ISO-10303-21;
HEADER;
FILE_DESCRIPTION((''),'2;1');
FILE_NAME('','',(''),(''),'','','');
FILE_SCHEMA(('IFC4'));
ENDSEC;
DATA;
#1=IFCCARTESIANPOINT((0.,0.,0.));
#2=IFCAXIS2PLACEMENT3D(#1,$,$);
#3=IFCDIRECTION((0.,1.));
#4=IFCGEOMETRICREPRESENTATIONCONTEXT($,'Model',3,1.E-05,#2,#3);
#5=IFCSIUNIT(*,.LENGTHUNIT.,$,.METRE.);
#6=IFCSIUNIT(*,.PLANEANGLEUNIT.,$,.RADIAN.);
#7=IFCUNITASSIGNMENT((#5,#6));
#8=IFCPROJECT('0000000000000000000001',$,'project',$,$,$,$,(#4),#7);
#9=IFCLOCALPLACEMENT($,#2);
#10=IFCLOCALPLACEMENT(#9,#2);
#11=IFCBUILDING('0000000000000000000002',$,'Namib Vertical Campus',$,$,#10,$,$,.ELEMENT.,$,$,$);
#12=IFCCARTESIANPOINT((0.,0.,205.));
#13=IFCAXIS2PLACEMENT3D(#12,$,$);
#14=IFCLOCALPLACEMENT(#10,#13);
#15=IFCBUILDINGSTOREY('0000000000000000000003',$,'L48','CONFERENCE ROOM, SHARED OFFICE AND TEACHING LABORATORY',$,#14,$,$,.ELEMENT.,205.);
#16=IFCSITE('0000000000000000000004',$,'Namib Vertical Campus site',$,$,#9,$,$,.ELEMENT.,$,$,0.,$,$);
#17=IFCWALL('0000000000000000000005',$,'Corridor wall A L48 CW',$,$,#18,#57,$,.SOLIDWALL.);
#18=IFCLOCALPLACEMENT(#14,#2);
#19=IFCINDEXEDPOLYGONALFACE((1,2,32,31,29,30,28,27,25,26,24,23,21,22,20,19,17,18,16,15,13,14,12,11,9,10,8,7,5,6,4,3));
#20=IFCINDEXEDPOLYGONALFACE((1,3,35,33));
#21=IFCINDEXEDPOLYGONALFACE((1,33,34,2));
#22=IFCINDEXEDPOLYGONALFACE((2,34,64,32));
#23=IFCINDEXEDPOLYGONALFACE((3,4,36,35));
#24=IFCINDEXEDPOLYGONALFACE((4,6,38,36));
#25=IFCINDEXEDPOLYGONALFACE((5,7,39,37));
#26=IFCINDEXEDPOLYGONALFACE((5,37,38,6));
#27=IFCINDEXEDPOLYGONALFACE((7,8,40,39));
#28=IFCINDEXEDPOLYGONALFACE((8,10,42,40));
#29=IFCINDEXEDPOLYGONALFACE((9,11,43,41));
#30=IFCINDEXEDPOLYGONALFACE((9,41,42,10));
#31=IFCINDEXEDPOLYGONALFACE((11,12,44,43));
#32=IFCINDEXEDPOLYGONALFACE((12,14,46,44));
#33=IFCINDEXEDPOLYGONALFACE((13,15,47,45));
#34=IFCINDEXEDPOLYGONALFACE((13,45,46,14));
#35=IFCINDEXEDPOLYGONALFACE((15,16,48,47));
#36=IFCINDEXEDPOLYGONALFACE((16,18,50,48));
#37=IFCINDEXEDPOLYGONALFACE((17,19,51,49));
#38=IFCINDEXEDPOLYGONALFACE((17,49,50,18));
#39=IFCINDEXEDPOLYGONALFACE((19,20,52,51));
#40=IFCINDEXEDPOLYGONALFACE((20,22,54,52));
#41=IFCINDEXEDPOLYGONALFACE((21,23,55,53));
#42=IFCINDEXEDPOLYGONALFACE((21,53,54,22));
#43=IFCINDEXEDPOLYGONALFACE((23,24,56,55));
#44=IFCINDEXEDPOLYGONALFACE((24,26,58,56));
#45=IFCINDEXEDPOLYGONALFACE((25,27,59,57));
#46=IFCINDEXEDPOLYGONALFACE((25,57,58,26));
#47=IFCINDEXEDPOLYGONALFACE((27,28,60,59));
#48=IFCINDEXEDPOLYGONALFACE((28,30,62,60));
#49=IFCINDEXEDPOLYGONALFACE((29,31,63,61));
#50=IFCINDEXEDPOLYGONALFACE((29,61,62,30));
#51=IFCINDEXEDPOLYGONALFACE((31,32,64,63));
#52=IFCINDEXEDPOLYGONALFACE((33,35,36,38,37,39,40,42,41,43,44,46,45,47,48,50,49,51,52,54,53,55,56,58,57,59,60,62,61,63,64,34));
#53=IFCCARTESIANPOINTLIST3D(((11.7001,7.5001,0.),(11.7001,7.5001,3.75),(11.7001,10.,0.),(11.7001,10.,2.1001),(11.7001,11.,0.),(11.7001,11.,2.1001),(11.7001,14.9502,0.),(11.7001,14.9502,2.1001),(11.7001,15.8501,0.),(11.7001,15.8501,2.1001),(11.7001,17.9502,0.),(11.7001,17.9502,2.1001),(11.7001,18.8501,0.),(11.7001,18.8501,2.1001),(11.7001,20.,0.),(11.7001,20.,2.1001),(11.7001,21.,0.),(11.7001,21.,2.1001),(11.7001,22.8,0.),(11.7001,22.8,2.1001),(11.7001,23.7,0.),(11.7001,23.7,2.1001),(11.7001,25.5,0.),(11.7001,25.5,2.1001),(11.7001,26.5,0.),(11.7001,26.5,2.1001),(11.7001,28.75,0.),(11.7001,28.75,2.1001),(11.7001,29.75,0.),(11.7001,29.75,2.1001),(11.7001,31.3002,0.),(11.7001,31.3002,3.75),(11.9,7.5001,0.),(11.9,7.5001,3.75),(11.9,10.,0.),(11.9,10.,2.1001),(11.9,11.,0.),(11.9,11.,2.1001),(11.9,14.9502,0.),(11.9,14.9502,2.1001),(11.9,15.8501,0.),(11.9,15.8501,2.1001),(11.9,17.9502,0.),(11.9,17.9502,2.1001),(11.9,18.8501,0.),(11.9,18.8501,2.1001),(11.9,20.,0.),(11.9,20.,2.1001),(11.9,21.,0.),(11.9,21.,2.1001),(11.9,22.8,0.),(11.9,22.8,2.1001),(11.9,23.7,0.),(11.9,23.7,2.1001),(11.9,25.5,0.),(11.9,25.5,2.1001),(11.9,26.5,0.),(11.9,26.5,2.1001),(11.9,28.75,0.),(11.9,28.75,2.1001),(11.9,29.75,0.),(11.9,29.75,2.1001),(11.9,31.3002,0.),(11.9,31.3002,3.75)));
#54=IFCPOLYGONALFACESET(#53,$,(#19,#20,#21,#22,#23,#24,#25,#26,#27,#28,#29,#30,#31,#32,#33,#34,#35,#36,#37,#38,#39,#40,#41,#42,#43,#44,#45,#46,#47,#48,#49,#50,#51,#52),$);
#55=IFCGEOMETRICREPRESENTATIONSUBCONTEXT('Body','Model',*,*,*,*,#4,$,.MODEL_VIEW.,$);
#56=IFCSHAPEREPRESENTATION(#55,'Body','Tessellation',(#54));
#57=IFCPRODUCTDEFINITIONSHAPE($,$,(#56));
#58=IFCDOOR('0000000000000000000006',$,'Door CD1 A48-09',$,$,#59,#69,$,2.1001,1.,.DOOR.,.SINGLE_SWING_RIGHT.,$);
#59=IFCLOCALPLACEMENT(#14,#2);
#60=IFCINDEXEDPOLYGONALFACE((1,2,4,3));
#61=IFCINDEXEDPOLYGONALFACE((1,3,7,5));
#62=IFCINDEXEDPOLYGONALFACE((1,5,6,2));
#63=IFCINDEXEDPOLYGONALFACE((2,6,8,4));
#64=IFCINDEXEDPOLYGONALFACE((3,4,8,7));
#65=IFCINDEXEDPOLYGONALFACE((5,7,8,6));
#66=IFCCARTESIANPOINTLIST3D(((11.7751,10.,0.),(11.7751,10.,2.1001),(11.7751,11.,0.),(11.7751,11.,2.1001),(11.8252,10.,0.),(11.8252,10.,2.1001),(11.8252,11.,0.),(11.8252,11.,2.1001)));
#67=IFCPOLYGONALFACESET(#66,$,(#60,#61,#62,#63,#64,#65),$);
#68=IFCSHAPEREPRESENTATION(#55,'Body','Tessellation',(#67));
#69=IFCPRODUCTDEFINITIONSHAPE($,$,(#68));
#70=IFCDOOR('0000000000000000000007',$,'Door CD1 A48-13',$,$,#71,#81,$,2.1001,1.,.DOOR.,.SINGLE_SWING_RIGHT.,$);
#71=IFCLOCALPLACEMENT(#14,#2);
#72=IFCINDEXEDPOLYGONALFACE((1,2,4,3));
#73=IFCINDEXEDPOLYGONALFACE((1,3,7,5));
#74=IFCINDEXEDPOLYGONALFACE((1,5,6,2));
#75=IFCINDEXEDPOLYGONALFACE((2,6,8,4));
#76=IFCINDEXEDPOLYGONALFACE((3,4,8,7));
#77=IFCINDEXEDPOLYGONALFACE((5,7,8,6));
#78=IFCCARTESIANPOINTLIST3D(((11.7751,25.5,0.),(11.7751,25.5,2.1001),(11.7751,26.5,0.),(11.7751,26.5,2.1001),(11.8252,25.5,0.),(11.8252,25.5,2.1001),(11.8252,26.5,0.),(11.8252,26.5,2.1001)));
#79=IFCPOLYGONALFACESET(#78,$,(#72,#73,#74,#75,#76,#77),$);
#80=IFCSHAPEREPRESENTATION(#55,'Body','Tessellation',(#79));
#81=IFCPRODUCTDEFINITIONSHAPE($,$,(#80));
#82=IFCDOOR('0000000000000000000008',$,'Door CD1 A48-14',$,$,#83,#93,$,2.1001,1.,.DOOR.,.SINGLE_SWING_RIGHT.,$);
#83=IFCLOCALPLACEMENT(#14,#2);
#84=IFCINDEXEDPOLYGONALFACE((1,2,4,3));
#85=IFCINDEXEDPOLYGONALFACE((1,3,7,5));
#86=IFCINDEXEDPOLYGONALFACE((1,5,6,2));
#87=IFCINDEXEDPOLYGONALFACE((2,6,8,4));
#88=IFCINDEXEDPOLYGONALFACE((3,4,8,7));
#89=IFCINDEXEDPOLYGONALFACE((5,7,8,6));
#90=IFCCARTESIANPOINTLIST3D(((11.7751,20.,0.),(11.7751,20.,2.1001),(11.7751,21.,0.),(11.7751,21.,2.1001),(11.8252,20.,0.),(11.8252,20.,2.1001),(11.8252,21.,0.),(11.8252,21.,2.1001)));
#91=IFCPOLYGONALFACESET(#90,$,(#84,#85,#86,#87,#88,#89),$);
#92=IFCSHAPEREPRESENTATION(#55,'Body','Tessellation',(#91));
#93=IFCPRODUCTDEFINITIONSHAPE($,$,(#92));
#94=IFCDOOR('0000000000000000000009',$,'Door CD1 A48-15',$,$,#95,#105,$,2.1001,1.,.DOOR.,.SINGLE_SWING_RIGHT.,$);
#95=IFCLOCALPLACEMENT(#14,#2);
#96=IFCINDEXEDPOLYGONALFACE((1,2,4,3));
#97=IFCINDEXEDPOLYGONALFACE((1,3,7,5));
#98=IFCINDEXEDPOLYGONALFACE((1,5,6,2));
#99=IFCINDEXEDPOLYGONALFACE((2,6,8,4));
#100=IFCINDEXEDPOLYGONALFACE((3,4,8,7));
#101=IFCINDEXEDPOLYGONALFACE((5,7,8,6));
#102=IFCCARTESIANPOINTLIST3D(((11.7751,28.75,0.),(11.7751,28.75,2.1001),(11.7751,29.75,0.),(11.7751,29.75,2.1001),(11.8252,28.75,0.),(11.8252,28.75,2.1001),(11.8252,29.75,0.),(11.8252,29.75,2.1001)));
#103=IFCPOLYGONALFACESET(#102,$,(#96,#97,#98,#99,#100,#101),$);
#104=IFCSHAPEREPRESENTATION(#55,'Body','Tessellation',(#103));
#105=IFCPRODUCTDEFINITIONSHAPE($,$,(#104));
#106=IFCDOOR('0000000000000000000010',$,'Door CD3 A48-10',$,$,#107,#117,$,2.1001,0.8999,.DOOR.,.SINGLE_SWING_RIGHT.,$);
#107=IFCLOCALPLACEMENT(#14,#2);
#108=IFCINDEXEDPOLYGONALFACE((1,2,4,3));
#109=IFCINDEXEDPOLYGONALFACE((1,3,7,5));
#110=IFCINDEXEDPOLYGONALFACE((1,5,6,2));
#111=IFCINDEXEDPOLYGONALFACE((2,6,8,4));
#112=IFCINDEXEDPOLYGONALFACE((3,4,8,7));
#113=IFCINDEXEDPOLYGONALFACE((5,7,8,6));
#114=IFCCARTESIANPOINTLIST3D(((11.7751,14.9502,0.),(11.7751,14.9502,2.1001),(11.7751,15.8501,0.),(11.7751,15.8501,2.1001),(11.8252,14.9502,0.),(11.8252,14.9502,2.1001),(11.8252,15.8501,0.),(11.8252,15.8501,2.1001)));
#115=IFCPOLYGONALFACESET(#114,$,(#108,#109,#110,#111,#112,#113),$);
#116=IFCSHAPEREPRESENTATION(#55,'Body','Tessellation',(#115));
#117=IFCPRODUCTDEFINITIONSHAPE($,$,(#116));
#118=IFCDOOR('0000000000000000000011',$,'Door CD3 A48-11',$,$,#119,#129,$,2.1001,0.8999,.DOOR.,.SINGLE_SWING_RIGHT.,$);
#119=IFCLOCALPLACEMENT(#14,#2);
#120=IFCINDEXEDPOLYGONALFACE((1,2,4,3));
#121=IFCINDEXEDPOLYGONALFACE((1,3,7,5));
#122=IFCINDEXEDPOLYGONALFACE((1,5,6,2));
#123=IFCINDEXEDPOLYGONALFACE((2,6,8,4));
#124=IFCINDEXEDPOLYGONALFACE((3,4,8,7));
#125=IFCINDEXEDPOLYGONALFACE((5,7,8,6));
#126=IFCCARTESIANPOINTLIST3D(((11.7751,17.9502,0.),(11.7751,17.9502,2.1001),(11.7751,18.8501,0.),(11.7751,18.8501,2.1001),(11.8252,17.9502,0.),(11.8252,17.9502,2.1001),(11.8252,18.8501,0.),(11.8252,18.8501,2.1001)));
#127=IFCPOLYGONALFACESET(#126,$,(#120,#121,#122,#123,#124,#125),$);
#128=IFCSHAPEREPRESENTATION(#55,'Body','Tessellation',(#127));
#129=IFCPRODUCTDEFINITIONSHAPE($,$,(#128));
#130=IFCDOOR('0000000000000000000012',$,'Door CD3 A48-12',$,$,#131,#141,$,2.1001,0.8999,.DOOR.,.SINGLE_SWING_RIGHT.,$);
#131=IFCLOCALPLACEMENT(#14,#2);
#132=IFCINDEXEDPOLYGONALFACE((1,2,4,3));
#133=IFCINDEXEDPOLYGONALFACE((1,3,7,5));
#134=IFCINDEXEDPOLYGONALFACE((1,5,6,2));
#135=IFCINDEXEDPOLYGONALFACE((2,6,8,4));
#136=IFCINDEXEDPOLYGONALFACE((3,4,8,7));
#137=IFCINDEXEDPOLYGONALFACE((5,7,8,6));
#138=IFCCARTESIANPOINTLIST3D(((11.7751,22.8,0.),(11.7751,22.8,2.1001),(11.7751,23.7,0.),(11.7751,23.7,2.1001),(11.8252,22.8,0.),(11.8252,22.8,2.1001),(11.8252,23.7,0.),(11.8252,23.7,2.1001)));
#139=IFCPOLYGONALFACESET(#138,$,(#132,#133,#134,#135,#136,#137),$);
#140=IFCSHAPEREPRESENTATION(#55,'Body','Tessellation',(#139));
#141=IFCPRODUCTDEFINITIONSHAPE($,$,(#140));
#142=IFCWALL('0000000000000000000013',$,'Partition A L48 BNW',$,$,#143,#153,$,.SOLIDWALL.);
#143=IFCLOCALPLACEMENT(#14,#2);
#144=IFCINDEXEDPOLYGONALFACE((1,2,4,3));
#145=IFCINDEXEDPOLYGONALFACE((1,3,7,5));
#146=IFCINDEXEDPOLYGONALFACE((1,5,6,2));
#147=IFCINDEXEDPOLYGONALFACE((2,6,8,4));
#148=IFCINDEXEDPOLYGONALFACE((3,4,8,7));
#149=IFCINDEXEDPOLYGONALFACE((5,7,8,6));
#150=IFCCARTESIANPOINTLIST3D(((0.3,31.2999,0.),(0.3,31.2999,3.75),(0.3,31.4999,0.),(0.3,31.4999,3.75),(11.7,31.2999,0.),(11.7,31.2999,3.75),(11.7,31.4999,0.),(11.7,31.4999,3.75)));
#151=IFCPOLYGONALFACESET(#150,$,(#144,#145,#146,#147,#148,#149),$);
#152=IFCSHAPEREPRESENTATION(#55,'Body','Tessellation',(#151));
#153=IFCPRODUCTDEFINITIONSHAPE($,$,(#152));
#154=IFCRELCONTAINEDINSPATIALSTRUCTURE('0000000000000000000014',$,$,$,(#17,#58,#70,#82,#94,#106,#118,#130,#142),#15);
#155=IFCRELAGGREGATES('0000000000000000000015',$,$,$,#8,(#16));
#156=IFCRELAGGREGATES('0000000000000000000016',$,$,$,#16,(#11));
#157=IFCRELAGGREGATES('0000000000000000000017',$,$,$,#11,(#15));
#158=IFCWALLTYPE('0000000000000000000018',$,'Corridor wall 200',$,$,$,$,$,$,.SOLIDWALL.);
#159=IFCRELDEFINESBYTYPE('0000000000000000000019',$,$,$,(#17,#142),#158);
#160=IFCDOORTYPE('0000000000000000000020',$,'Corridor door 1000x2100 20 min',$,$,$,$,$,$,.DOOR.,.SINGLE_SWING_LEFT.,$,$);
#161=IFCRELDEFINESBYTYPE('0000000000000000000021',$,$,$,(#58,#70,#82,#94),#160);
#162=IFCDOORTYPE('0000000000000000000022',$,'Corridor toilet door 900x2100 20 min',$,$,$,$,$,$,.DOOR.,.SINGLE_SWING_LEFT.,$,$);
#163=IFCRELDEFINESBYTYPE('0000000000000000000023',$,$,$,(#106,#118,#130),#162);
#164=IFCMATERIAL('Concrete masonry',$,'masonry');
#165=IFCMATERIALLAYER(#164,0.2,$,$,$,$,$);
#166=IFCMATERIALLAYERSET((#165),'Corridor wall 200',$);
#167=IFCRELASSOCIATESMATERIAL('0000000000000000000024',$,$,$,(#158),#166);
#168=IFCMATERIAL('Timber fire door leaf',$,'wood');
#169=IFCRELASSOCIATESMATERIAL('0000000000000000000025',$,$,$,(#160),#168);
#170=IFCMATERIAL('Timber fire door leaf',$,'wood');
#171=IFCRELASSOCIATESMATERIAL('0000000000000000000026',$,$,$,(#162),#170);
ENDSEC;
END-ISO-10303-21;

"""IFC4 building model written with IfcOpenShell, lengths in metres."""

from ifc_helpers import new_model, si_unit, direction, frame, frame_2d, origin, place, context, subcontext, project, spatial, rectangle, extrude, material, layer, layer_set, type_object, element, fill, save


model = new_model("IFC4")

# Units and contexts
model_context = context("Model", 3, precision=1e-05, world=origin(), true_north=direction((0.0, 1.0)))
body_context = subcontext(model_context, "Body", "Model", "MODEL_VIEW")
ifc_project = project(units=[si_unit("LENGTHUNIT", "METRE"), si_unit("PLANEANGLEUNIT", "RADIAN")], contexts=[model_context])

# Site, building, storey
site_placement = place(None, origin())
site = spatial("IfcSite", under=ifc_project, at=site_placement, Name="Namib Vertical Campus site", CompositionType="ELEMENT", RefElevation=0.0)
building_placement = place(site_placement, origin())
building = spatial("IfcBuilding", under=site, at=building_placement, Name="Namib Vertical Campus", CompositionType="ELEMENT")
storey_placement = place(building_placement, frame((0.0, 0.0, 205.0)))
storey = spatial("IfcBuildingStorey", under=building, at=storey_placement, Name="L48", Description="CONFERENCE ROOM, SHARED OFFICE AND TEACHING LABORATORY", CompositionType="ELEMENT", Elevation=205.0)

# Wall, openings, doors
ifc_material_1 = material(Name="Concrete masonry", Category="masonry")
ifc_layer_1 = layer(ifc_material_1, 0.2)
ifc_layer_set_1 = layer_set([ifc_layer_1], Name="Corridor wall 200")
wall_type_1 = type_object("IfcWallType", Name="Corridor wall 200", PredefinedType="SOLIDWALL", material=ifc_layer_set_1)
wall_1_placement = place(storey_placement, frame((11.8, 31.3, 0.0), z_axis=(0.0, 0.0, 1.0), x_axis=(0.0, -1.0, 0.0)))
wall_1 = element("IfcWall", 1, at=wall_1_placement, inside=storey, type_object=wall_type_1, Name="Corridor wall A L48 CW", PredefinedType="SOLIDWALL", context=body_context, shape_type="SweptSolid", body=[
    extrude(rectangle(XDim=23.8, YDim=0.2, at=frame_2d((11.8999, 0.0))), origin(), (0.0, 0.0, 1.0), 3.75),
])
opening_1_placement = place(wall_1_placement, frame((20.3, 0.0, 0.0)))
opening_1 = element("IfcOpeningElement", 2, at=opening_1_placement, cuts=wall_1, PredefinedType="OPENING", context=body_context, shape_type="SweptSolid", body=[
    extrude(rectangle(XDim=1.0, YDim=2.1001, at=frame_2d((0.5, 1.05))), frame((0.0, 0.1099, 0.0), z_axis=(0.0, -1.0, 0.0), x_axis=(1.0, 0.0, 0.0)), (0.0, 0.0, 1.0), 0.22),
])
opening_2_placement = place(wall_1_placement, frame((15.45, 0.0, 0.0)))
opening_2 = element("IfcOpeningElement", 3, at=opening_2_placement, cuts=wall_1, PredefinedType="OPENING", context=body_context, shape_type="SweptSolid", body=[
    extrude(rectangle(XDim=0.8999, YDim=2.1001, at=frame_2d((0.45, 1.05))), frame((0.0, 0.1099, 0.0), z_axis=(0.0, -1.0, 0.0), x_axis=(1.0, 0.0, 0.0)), (0.0, 0.0, 1.0), 0.22),
])
opening_3_placement = place(wall_1_placement, frame((12.45, 0.0, 0.0)))
opening_3 = element("IfcOpeningElement", 4, at=opening_3_placement, cuts=wall_1, PredefinedType="OPENING", context=body_context, shape_type="SweptSolid", body=[
    extrude(rectangle(XDim=0.8999, YDim=2.1001, at=frame_2d((0.45, 1.05))), frame((0.0, 0.1099, 0.0), z_axis=(0.0, -1.0, 0.0), x_axis=(1.0, 0.0, 0.0)), (0.0, 0.0, 1.0), 0.22),
])
opening_4_placement = place(wall_1_placement, frame((7.6001, 0.0, 0.0)))
opening_4 = element("IfcOpeningElement", 5, at=opening_4_placement, cuts=wall_1, PredefinedType="OPENING", context=body_context, shape_type="SweptSolid", body=[
    extrude(rectangle(XDim=0.8999, YDim=2.1001, at=frame_2d((0.45, 1.05))), frame((0.0, 0.1099, 0.0), z_axis=(0.0, -1.0, 0.0), x_axis=(1.0, 0.0, 0.0)), (0.0, 0.0, 1.0), 0.22),
])
opening_5_placement = place(wall_1_placement, frame((4.8, 0.0, 0.0)))
opening_5 = element("IfcOpeningElement", 6, at=opening_5_placement, cuts=wall_1, PredefinedType="OPENING", context=body_context, shape_type="SweptSolid", body=[
    extrude(rectangle(XDim=1.0, YDim=2.1001, at=frame_2d((0.5, 1.05))), frame((0.0, 0.1099, 0.0), z_axis=(0.0, -1.0, 0.0), x_axis=(1.0, 0.0, 0.0)), (0.0, 0.0, 1.0), 0.22),
])
opening_6_placement = place(wall_1_placement, frame((10.3, 0.0, 0.0)))
opening_6 = element("IfcOpeningElement", 7, at=opening_6_placement, cuts=wall_1, PredefinedType="OPENING", context=body_context, shape_type="SweptSolid", body=[
    extrude(rectangle(XDim=1.0, YDim=2.1001, at=frame_2d((0.5, 1.05))), frame((0.0, 0.1099, 0.0), z_axis=(0.0, -1.0, 0.0), x_axis=(1.0, 0.0, 0.0)), (0.0, 0.0, 1.0), 0.22),
])
opening_7_placement = place(wall_1_placement, frame((1.55, 0.0, 0.0)))
opening_7 = element("IfcOpeningElement", 8, at=opening_7_placement, cuts=wall_1, PredefinedType="OPENING", context=body_context, shape_type="SweptSolid", body=[
    extrude(rectangle(XDim=1.0, YDim=2.1001, at=frame_2d((0.5, 1.05))), frame((0.0, 0.1099, 0.0), z_axis=(0.0, -1.0, 0.0), x_axis=(1.0, 0.0, 0.0)), (0.0, 0.0, 1.0), 0.22),
])
ifc_material_2 = material(Name="Timber fire door leaf", Category="wood")
door_type_1 = type_object("IfcDoorType", Name="Corridor door 1000x2100 20 min", OperationType="SINGLE_SWING_LEFT", PredefinedType="DOOR", material=ifc_material_2)
door_1_placement = place(opening_1_placement, frame((1.0, 0.0, 0.0), z_axis=(0.0, 0.0, 1.0), x_axis=(-1.0, 0.0, 0.0)))
door_1 = element("IfcDoor", 9, at=door_1_placement, inside=storey, type_object=door_type_1, Name="Door CD1 A48-09", OperationType="SINGLE_SWING_RIGHT", OverallHeight=2.1001, OverallWidth=1.0, PredefinedType="DOOR", context=body_context, shape_type="SweptSolid", body=[
    extrude(rectangle(XDim=1.0, YDim=2.1001, at=frame_2d((0.5, 1.05))), frame((0.0, 0.0249, 0.0), z_axis=(0.0, -1.0, 0.0), x_axis=(1.0, 0.0, 0.0)), (0.0, 0.0, 1.0), 0.05),
])
fill(opening_1, door_1)
door_2_placement = place(opening_5_placement, frame((1.0, 0.0, 0.0), z_axis=(0.0, 0.0, 1.0), x_axis=(-1.0, 0.0, 0.0)))
door_2 = element("IfcDoor", 10, at=door_2_placement, inside=storey, type_object=door_type_1, Name="Door CD1 A48-13", OperationType="SINGLE_SWING_RIGHT", OverallHeight=2.1001, OverallWidth=1.0, PredefinedType="DOOR", context=body_context, shape_type="SweptSolid", body=[
    extrude(rectangle(XDim=1.0, YDim=2.1001, at=frame_2d((0.5, 1.05))), frame((0.0, 0.0249, 0.0), z_axis=(0.0, -1.0, 0.0), x_axis=(1.0, 0.0, 0.0)), (0.0, 0.0, 1.0), 0.05),
])
fill(opening_5, door_2)
door_3_placement = place(opening_6_placement, frame((1.0, 0.0, 0.0), z_axis=(0.0, 0.0, 1.0), x_axis=(-1.0, 0.0, 0.0)))
door_3 = element("IfcDoor", 11, at=door_3_placement, inside=storey, type_object=door_type_1, Name="Door CD1 A48-14", OperationType="SINGLE_SWING_RIGHT", OverallHeight=2.1001, OverallWidth=1.0, PredefinedType="DOOR", context=body_context, shape_type="SweptSolid", body=[
    extrude(rectangle(XDim=1.0, YDim=2.1001, at=frame_2d((0.5, 1.05))), frame((0.0, 0.0249, 0.0), z_axis=(0.0, -1.0, 0.0), x_axis=(1.0, 0.0, 0.0)), (0.0, 0.0, 1.0), 0.05),
])
fill(opening_6, door_3)
door_4_placement = place(opening_7_placement, frame((1.0, 0.0, 0.0), z_axis=(0.0, 0.0, 1.0), x_axis=(-1.0, 0.0, 0.0)))
door_4 = element("IfcDoor", 12, at=door_4_placement, inside=storey, type_object=door_type_1, Name="Door CD1 A48-15", OperationType="SINGLE_SWING_RIGHT", OverallHeight=2.1001, OverallWidth=1.0, PredefinedType="DOOR", context=body_context, shape_type="SweptSolid", body=[
    extrude(rectangle(XDim=1.0, YDim=2.1001, at=frame_2d((0.5, 1.05))), frame((0.0, 0.0249, 0.0), z_axis=(0.0, -1.0, 0.0), x_axis=(1.0, 0.0, 0.0)), (0.0, 0.0, 1.0), 0.05),
])
fill(opening_7, door_4)
ifc_material_3 = material(Name="Timber fire door leaf", Category="wood")
door_type_2 = type_object("IfcDoorType", Name="Corridor toilet door 900x2100 20 min", OperationType="SINGLE_SWING_LEFT", PredefinedType="DOOR", material=ifc_material_3)
door_5_placement = place(opening_2_placement, frame((0.8999, 0.0, 0.0), z_axis=(0.0, 0.0, 1.0), x_axis=(-1.0, 0.0, 0.0)))
door_5 = element("IfcDoor", 13, at=door_5_placement, inside=storey, type_object=door_type_2, Name="Door CD3 A48-10", OperationType="SINGLE_SWING_RIGHT", OverallHeight=2.1001, OverallWidth=0.8999, PredefinedType="DOOR", context=body_context, shape_type="SweptSolid", body=[
    extrude(rectangle(XDim=0.8999, YDim=2.1001, at=frame_2d((0.45, 1.05))), frame((0.0, 0.0249, 0.0), z_axis=(0.0, -1.0, 0.0), x_axis=(1.0, 0.0, 0.0)), (0.0, 0.0, 1.0), 0.05),
])
fill(opening_2, door_5)
door_6_placement = place(opening_3_placement, frame((0.8999, 0.0, 0.0), z_axis=(0.0, 0.0, 1.0), x_axis=(-1.0, 0.0, 0.0)))
door_6 = element("IfcDoor", 14, at=door_6_placement, inside=storey, type_object=door_type_2, Name="Door CD3 A48-11", OperationType="SINGLE_SWING_RIGHT", OverallHeight=2.1001, OverallWidth=0.8999, PredefinedType="DOOR", context=body_context, shape_type="SweptSolid", body=[
    extrude(rectangle(XDim=0.8999, YDim=2.1001, at=frame_2d((0.45, 1.05))), frame((0.0, 0.0249, 0.0), z_axis=(0.0, -1.0, 0.0), x_axis=(1.0, 0.0, 0.0)), (0.0, 0.0, 1.0), 0.05),
])
fill(opening_3, door_6)
door_7_placement = place(opening_4_placement, frame((0.8999, 0.0, 0.0), z_axis=(0.0, 0.0, 1.0), x_axis=(-1.0, 0.0, 0.0)))
door_7 = element("IfcDoor", 15, at=door_7_placement, inside=storey, type_object=door_type_2, Name="Door CD3 A48-12", OperationType="SINGLE_SWING_RIGHT", OverallHeight=2.1001, OverallWidth=0.8999, PredefinedType="DOOR", context=body_context, shape_type="SweptSolid", body=[
    extrude(rectangle(XDim=0.8999, YDim=2.1001, at=frame_2d((0.45, 1.05))), frame((0.0, 0.0249, 0.0), z_axis=(0.0, -1.0, 0.0), x_axis=(1.0, 0.0, 0.0)), (0.0, 0.0, 1.0), 0.05),
])
fill(opening_4, door_7)

# Wall
wall_2_placement = place(storey_placement, frame((0.3, 31.3999, 0.0), z_axis=(0.0, 0.0, 1.0), x_axis=(1.0, 0.0, 0.0)))
element("IfcWall", 16, at=wall_2_placement, inside=storey, type_object=wall_type_1, Name="Partition A L48 BNW", PredefinedType="SOLIDWALL", context=body_context, shape_type="SweptSolid", body=[
    extrude(rectangle(XDim=11.3999, YDim=0.2, at=frame_2d((5.7, 0.0))), origin(), (0.0, 0.0, 1.0), 3.75),
])

save(model, "model.ifc")
